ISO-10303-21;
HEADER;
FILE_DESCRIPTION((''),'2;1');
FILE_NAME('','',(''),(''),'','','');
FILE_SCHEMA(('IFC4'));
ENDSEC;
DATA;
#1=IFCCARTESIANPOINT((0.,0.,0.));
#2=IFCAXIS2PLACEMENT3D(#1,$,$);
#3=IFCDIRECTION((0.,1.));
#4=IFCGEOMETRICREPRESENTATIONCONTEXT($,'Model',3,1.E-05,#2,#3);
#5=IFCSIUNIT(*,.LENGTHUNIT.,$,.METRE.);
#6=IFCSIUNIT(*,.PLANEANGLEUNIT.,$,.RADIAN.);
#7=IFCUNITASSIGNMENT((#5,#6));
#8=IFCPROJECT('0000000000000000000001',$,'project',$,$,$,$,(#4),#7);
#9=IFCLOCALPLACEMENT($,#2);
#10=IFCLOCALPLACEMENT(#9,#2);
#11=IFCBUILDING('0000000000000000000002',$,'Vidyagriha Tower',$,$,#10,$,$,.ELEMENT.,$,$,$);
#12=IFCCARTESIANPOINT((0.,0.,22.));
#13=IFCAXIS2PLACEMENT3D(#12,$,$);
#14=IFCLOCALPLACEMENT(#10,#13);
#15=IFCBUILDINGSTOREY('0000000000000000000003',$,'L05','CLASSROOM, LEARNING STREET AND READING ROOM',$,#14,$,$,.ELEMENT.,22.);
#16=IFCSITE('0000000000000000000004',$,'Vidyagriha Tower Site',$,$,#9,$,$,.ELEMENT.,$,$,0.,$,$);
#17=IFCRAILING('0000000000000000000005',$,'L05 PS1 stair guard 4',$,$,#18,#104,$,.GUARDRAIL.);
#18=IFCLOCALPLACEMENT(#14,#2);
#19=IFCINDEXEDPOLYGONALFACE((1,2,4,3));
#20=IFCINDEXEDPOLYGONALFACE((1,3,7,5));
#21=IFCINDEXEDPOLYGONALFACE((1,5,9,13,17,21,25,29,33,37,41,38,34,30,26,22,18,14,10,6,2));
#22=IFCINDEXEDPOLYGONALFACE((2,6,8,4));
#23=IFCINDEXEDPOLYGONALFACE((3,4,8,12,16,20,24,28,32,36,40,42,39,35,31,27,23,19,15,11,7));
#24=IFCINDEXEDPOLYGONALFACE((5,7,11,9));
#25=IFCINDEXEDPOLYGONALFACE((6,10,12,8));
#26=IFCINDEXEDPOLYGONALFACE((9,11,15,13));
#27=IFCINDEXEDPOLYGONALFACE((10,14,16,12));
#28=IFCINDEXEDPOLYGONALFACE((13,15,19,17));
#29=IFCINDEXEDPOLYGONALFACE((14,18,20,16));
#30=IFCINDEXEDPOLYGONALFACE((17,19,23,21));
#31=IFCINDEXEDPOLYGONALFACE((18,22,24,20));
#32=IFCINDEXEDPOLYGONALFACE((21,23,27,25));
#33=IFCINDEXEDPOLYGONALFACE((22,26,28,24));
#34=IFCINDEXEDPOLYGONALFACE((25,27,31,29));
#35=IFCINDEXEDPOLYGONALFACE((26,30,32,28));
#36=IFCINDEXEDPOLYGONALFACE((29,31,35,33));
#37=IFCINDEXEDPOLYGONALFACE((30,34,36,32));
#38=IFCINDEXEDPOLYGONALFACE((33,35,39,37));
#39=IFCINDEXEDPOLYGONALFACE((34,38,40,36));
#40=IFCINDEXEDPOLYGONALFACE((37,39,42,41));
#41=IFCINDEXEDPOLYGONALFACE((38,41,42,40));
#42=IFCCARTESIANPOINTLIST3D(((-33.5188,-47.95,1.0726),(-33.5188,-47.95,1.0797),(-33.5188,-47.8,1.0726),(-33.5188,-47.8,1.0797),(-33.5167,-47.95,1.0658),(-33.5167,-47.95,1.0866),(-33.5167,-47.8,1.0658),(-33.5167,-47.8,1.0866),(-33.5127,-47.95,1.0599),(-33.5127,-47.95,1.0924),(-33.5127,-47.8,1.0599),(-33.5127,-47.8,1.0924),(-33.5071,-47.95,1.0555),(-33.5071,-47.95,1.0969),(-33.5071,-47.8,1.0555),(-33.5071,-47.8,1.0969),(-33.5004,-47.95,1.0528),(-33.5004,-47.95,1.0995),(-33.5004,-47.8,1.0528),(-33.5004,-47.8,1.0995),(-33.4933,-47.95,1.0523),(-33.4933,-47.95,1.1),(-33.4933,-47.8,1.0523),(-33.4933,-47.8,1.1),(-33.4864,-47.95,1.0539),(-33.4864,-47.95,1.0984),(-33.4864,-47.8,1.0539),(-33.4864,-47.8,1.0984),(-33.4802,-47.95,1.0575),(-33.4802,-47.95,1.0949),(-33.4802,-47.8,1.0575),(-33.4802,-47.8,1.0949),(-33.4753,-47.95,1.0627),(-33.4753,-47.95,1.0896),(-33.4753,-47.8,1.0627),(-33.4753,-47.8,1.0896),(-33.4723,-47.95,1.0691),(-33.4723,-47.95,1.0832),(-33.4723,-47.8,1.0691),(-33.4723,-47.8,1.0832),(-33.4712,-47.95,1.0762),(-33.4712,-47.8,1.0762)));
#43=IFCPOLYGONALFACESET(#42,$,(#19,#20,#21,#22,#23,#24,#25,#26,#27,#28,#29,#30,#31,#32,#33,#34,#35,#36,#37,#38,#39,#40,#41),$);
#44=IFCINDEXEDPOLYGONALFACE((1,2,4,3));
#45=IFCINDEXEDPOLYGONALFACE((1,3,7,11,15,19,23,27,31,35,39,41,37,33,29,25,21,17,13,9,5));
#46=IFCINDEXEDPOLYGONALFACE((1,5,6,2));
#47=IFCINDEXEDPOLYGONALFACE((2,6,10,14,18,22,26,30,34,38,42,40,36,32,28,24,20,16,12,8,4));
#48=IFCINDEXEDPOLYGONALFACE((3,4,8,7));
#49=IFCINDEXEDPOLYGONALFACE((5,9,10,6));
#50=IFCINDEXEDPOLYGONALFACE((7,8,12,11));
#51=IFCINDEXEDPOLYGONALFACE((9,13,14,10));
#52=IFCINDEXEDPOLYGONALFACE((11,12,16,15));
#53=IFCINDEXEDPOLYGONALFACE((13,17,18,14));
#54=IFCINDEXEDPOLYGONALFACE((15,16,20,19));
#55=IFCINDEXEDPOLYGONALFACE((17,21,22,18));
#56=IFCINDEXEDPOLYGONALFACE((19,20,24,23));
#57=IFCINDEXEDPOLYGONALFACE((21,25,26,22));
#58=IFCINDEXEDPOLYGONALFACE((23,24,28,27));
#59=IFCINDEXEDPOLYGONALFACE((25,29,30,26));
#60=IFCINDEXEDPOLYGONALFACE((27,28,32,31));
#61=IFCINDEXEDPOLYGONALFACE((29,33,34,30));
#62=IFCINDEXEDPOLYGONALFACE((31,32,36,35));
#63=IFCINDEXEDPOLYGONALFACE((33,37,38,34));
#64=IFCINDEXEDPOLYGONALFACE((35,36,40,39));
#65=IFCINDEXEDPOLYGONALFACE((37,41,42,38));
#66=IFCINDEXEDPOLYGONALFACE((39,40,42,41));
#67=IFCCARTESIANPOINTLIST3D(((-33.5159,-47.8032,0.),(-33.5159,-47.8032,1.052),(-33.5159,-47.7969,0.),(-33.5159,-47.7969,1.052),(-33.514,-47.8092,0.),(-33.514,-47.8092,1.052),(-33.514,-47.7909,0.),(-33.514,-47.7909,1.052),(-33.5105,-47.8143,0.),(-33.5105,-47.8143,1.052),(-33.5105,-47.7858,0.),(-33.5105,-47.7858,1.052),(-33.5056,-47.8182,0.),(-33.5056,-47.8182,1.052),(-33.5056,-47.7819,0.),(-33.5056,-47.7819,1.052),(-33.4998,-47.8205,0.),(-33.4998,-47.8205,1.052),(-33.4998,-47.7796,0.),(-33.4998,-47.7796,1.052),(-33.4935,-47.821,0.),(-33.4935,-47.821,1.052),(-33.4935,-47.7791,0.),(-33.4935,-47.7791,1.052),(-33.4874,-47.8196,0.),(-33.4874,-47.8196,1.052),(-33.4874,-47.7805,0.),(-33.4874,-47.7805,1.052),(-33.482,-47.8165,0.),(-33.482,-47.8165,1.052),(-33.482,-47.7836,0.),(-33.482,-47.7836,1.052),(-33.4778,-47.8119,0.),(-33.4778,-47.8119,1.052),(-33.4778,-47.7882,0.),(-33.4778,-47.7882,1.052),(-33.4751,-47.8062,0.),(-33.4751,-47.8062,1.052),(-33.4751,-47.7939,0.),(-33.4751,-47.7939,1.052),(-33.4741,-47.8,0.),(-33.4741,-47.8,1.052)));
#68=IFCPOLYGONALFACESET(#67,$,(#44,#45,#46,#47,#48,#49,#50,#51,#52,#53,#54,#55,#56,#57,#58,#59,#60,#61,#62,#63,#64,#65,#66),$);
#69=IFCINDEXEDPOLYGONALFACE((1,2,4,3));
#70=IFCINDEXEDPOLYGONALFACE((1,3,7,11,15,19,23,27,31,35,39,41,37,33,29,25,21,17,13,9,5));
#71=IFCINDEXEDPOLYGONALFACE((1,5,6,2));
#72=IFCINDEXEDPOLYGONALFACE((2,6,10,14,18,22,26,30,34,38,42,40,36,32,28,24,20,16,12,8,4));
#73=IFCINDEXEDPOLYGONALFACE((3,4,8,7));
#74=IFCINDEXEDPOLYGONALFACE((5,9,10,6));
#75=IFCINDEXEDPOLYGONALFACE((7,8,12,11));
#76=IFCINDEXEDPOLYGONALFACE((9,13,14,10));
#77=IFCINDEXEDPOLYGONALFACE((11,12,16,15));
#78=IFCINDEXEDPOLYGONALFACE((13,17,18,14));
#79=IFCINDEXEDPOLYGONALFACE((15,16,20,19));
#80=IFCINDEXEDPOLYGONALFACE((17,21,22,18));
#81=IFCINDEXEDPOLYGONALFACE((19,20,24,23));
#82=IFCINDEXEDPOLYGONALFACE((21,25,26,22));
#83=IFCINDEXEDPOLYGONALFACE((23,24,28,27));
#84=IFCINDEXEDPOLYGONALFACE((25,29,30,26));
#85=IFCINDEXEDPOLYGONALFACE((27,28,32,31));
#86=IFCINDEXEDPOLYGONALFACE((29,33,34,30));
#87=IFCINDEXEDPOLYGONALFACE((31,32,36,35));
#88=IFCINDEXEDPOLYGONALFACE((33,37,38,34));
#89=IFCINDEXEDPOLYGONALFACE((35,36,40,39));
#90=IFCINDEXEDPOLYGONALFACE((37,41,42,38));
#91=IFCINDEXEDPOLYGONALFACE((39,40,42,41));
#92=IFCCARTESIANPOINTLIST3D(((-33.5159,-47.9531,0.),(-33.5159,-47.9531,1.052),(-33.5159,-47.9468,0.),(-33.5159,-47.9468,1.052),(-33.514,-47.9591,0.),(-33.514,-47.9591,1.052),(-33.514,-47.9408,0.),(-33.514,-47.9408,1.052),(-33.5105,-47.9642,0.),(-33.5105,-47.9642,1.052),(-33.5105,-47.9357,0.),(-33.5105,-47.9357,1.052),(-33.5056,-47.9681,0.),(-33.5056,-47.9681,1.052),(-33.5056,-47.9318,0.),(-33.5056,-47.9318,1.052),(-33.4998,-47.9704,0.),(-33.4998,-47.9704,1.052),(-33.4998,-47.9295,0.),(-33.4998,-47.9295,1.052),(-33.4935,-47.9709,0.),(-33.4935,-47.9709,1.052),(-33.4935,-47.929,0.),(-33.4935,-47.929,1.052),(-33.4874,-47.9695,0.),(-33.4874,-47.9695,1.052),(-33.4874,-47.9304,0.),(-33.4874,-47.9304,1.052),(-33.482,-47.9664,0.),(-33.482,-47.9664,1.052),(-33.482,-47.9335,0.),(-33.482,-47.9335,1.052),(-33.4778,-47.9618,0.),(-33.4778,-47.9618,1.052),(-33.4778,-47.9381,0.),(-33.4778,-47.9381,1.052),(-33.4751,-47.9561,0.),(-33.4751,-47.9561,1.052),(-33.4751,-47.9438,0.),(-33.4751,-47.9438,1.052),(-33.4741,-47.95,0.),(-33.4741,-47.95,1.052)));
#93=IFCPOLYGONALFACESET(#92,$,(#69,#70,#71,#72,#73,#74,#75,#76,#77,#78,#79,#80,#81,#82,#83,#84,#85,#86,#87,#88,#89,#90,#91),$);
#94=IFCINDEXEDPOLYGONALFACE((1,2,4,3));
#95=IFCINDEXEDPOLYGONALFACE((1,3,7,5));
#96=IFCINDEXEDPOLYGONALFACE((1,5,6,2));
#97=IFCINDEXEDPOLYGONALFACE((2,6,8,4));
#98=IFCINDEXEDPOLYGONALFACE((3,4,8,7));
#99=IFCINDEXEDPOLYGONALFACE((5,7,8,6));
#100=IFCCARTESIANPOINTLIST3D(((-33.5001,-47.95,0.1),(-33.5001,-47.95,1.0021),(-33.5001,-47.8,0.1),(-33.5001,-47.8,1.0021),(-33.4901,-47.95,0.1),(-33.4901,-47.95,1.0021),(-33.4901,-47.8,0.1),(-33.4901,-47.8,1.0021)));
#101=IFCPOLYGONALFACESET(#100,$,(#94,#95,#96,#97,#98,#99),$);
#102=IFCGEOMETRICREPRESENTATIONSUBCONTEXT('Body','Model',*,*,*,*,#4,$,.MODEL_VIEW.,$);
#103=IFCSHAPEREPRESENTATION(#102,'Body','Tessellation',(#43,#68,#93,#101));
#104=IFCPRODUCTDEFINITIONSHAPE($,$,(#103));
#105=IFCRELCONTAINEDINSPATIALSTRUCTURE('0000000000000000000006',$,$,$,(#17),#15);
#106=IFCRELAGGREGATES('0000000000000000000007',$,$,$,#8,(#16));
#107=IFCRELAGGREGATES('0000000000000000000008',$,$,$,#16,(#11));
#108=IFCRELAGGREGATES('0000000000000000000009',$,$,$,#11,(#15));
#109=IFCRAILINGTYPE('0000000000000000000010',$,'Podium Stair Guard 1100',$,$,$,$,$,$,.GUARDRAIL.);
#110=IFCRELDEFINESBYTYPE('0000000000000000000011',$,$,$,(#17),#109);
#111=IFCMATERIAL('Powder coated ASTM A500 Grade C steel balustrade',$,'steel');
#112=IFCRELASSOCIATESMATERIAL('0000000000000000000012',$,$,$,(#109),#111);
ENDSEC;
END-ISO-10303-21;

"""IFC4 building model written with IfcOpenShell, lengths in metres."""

from ifc_helpers import new_model, si_unit, direction, frame, origin, origin_2d, place, context, subcontext, project, spatial, rectangle, circle, extrude, material, type_object, element, save


model = new_model("IFC4")

# Units and contexts
model_context = context("Model", 3, precision=1e-05, world=origin(), true_north=direction((0.0, 1.0)))
body_context = subcontext(model_context, "Body", "Model", "MODEL_VIEW")
ifc_project = project(units=[si_unit("LENGTHUNIT", "METRE"), si_unit("PLANEANGLEUNIT", "RADIAN")], contexts=[model_context])

# Site, building, storey
site_placement = place(None, origin())
site = spatial("IfcSite", under=ifc_project, at=site_placement, Name="Vidyagriha Tower Site", CompositionType="ELEMENT", RefElevation=0.0)
building_placement = place(site_placement, origin())
building = spatial("IfcBuilding", under=site, at=building_placement, Name="Vidyagriha Tower", CompositionType="ELEMENT")
storey_placement = place(building_placement, frame((0.0, 0.0, 22.0)))
storey = spatial("IfcBuildingStorey", under=building, at=storey_placement, Name="L05", Description="CLASSROOM, LEARNING STREET AND READING ROOM", CompositionType="ELEMENT", Elevation=22.0)

# Railing
ifc_material_1 = material(Name="Powder coated ASTM A500 Grade C steel balustrade", Category="steel")
railing_type_1 = type_object("IfcRailingType", Name="Podium Stair Guard 1100", PredefinedType="GUARDRAIL", material=ifc_material_1)
railing_1_placement = place(storey_placement, frame((-33.4951, -47.8, 0.0)))
element("IfcRailing", 1, at=railing_1_placement, inside=storey, type_object=railing_type_1, Name="L05 PS1 stair guard 4", PredefinedType="GUARDRAIL", context=body_context, shape_type="SweptSolid", body=[
    extrude(circle(Radius=0.0239, at=origin_2d()), frame((0.0, 0.0, 1.0762), z_axis=(0.0, -1.0, 0.0), x_axis=(1.0, 0.0, 0.0)), (0.0, 0.0, 1.0), 0.1499),
    extrude(circle(Radius=0.021, at=origin_2d()), origin(), (0.0, 0.0, 1.0), 1.052),
    extrude(circle(Radius=0.021, at=origin_2d()), frame((0.0, -0.1499, 0.0)), (0.0, 0.0, 1.0), 1.052),
    extrude(rectangle(XDim=0.01, YDim=0.9021, at=origin_2d()), frame((0.0, 0.0, 0.551), z_axis=(0.0, -1.0, 0.0), x_axis=(1.0, 0.0, 0.0)), (0.0, 0.0, 1.0), 0.1499),
])

save(model, "model.ifc")
